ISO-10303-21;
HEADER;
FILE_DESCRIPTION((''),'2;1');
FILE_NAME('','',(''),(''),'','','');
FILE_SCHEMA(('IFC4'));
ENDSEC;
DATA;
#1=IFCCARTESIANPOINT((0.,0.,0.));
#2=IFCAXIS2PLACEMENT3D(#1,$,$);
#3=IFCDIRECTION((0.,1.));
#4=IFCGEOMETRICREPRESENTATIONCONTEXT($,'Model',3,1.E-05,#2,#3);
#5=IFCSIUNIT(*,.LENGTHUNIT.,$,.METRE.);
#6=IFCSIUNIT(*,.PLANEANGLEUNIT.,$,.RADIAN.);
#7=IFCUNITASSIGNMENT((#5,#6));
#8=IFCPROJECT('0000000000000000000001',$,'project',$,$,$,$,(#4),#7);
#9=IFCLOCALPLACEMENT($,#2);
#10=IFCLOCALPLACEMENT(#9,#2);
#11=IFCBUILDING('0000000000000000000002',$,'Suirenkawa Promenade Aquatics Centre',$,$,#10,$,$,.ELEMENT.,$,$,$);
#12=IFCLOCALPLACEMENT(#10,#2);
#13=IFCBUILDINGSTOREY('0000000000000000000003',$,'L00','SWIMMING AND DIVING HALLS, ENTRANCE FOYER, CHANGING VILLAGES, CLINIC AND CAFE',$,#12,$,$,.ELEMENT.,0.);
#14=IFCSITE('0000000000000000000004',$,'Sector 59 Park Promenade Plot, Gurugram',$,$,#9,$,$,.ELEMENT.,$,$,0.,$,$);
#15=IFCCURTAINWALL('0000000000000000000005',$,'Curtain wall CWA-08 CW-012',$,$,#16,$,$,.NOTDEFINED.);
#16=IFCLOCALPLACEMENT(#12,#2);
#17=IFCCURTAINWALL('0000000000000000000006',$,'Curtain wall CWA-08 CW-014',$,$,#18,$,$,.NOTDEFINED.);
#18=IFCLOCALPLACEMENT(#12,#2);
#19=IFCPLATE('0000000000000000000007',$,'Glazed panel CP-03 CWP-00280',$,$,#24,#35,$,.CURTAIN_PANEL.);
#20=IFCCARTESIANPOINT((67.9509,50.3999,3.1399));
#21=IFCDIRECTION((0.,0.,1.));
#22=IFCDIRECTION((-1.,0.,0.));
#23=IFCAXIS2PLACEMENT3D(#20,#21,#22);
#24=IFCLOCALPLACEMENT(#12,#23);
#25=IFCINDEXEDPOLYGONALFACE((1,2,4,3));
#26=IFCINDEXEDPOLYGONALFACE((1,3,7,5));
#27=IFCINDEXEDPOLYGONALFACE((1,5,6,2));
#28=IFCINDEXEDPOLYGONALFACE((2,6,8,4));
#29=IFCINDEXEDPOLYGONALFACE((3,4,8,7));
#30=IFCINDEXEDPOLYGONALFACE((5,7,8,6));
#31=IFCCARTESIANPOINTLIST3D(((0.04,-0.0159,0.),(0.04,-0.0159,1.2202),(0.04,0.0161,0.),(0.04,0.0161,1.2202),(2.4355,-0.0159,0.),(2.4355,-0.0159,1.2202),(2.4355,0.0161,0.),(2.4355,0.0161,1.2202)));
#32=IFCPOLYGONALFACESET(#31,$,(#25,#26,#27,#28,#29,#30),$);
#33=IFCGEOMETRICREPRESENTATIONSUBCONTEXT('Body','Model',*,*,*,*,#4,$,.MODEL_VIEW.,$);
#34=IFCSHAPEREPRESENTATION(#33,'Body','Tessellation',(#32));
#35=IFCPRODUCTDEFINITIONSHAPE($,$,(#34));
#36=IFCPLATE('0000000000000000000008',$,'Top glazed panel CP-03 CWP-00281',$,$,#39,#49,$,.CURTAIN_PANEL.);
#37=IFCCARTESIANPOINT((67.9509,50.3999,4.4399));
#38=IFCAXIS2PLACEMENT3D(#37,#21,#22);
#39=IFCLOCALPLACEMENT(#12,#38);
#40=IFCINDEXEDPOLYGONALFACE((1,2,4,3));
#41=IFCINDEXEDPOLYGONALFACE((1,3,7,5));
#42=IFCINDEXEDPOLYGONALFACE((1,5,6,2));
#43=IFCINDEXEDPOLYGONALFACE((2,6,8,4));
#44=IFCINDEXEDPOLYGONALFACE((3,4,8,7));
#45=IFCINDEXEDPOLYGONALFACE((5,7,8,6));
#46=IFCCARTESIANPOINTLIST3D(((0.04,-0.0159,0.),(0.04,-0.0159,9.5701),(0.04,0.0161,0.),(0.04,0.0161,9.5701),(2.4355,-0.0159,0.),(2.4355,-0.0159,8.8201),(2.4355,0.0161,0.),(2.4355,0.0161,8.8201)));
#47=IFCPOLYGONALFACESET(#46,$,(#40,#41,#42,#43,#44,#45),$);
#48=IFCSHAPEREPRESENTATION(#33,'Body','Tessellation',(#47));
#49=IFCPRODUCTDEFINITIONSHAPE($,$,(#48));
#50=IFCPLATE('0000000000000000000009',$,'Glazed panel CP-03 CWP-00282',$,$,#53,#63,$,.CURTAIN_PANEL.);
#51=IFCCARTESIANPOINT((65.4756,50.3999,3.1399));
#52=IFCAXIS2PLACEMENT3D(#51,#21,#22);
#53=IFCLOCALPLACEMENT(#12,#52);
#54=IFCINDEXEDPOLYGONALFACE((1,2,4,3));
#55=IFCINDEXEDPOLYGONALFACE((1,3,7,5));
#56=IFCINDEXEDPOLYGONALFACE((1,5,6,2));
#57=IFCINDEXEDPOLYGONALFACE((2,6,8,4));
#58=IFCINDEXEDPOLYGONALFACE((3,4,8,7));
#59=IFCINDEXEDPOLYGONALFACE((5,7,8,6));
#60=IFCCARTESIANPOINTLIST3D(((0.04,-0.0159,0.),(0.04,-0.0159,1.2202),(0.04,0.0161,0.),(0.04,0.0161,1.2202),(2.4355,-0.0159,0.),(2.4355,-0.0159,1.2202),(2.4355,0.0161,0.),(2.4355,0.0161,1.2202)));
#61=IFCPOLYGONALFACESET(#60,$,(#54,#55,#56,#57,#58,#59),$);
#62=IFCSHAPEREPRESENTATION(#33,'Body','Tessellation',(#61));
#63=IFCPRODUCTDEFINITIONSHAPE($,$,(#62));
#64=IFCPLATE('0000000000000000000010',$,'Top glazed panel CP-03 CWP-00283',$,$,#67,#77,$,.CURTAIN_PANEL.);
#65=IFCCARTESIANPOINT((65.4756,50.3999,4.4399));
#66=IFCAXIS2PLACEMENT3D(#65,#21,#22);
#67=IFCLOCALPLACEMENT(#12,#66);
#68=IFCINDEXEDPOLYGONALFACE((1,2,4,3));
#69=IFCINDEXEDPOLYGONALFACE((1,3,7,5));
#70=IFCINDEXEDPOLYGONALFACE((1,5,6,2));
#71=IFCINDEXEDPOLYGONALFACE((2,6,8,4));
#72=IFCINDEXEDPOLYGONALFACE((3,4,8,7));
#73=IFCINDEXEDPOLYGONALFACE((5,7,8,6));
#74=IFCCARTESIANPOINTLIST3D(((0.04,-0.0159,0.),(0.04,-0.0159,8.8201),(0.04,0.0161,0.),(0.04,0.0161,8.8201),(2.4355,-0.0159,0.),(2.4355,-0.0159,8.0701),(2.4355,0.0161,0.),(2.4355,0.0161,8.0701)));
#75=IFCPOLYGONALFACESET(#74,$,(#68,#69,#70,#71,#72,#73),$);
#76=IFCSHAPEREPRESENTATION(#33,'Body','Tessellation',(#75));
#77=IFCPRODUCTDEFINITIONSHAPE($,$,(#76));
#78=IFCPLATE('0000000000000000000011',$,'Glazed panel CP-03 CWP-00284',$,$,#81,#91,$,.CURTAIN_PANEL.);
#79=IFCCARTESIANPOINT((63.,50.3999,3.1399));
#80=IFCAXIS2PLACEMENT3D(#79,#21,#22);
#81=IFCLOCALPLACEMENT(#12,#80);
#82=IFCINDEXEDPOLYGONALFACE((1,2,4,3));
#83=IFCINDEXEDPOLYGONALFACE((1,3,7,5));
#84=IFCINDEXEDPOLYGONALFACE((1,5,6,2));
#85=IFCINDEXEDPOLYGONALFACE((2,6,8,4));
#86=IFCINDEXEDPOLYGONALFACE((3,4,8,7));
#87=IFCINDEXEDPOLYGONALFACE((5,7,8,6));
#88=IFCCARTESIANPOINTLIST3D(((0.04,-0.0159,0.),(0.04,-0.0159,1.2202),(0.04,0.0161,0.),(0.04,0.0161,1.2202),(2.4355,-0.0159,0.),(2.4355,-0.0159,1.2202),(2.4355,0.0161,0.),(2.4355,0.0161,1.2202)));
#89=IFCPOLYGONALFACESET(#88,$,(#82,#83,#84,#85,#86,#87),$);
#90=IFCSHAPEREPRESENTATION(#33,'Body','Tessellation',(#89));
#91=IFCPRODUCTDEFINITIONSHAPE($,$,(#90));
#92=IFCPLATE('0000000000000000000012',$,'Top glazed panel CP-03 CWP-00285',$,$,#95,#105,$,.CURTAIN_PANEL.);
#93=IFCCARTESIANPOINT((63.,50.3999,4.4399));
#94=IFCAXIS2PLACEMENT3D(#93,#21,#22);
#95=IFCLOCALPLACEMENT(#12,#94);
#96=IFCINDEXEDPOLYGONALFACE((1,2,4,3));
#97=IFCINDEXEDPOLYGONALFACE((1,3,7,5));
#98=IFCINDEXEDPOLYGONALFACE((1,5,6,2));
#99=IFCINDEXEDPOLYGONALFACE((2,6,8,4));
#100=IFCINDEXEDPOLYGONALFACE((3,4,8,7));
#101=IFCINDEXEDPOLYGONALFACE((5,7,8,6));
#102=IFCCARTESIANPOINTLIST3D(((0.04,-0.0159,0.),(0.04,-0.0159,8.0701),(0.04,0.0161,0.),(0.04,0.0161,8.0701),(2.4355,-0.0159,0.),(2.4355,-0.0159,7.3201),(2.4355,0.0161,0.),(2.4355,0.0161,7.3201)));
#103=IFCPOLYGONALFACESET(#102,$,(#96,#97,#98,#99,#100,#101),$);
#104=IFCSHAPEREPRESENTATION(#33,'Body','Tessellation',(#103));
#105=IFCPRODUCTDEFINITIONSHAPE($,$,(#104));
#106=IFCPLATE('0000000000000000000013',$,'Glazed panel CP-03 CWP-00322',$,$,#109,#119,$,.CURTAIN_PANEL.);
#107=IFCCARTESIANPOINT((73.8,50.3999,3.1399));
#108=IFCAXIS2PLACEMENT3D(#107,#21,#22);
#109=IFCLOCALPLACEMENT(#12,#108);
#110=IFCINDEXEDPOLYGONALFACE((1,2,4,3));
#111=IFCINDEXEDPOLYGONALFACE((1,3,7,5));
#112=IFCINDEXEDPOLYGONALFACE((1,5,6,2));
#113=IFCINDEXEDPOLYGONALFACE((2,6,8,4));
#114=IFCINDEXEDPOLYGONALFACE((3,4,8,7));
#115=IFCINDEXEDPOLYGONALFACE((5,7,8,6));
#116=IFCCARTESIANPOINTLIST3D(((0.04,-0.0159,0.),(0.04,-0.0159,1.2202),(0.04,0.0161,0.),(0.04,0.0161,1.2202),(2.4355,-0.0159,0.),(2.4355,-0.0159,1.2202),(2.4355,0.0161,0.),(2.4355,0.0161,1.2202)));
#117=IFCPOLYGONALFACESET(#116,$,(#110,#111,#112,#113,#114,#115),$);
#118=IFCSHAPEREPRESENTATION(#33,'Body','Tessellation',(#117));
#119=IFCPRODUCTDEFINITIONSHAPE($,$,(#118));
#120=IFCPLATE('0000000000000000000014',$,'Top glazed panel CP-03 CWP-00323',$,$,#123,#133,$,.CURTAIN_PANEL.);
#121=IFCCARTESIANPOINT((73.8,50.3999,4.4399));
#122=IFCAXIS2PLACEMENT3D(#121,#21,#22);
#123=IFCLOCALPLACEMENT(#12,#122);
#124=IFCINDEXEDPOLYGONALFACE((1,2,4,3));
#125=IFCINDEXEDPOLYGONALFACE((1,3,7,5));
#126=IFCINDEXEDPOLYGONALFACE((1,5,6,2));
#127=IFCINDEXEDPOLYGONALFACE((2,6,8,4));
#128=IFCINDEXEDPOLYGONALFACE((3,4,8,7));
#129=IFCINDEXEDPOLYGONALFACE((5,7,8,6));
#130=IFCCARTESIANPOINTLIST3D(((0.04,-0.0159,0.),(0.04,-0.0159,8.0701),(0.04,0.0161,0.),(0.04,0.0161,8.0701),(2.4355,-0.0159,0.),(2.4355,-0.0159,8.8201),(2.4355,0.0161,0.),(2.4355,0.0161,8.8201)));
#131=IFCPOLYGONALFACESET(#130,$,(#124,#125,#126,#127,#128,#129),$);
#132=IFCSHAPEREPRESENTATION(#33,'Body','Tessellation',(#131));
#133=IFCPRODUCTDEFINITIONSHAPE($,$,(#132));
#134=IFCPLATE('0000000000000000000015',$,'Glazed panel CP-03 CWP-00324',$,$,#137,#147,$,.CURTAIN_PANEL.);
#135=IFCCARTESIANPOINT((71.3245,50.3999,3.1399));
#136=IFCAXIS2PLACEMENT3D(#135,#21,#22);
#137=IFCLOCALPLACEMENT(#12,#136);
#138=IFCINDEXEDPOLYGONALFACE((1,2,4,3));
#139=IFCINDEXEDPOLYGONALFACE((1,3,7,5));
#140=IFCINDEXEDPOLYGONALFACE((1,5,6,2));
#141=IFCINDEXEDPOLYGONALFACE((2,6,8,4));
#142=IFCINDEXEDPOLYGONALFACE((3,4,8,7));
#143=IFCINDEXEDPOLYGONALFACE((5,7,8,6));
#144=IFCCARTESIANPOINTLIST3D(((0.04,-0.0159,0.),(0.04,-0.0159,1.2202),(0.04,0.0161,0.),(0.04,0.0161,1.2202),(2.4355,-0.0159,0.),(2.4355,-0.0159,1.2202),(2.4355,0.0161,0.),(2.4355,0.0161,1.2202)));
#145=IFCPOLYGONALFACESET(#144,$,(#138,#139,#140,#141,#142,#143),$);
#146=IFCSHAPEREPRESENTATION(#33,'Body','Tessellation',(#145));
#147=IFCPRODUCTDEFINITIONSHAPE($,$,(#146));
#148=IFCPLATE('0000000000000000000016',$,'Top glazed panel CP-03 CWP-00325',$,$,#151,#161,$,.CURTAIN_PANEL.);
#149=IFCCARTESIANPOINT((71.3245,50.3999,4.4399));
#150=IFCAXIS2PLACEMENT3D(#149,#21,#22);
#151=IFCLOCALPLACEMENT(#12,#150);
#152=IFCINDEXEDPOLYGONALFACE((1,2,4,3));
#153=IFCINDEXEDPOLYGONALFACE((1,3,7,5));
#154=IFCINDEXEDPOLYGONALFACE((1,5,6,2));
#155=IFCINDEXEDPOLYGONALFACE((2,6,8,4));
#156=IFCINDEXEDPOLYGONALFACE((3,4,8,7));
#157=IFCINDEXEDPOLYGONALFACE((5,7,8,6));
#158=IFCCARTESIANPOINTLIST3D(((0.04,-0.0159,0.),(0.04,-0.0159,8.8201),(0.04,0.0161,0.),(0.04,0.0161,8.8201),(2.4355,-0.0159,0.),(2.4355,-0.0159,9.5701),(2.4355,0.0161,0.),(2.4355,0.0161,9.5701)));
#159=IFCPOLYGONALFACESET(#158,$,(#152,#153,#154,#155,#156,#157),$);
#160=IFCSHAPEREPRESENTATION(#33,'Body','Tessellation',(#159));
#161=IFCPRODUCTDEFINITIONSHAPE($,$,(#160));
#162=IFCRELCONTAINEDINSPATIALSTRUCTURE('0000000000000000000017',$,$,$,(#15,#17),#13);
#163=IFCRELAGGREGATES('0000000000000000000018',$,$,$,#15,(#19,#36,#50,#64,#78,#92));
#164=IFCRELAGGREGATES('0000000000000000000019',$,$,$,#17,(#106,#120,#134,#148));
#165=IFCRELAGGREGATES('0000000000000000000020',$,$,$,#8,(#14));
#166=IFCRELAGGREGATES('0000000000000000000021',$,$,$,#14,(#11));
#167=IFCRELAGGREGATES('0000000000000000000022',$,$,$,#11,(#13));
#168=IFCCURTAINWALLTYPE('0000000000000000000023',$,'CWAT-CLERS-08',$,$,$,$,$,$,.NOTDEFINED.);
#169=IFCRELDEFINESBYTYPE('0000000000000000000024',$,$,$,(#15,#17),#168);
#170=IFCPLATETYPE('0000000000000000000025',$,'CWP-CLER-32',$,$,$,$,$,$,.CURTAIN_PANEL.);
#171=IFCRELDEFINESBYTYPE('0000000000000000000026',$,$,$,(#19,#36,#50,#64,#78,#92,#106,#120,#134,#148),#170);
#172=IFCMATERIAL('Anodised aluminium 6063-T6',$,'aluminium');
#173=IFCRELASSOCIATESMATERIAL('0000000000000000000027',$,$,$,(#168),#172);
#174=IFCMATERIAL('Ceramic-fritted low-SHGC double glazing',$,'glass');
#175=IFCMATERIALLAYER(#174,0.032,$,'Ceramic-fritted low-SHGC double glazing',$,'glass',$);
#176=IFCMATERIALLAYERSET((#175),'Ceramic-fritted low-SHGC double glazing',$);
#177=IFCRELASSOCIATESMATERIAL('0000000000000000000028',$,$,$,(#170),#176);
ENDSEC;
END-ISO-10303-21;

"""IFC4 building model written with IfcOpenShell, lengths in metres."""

from ifc_helpers import new_model, si_unit, direction, frame, origin, place, context, subcontext, project, spatial, polyline, outline, extrude, material, layer, layer_set, type_object, element, aggregate, save


model = new_model("IFC4")

# Units and contexts
model_context = context("Model", 3, precision=1e-05, world=origin(), true_north=direction((0.0, 1.0)))
body_context = subcontext(model_context, "Body", "Model", "MODEL_VIEW")
ifc_project = project(units=[si_unit("LENGTHUNIT", "METRE"), si_unit("PLANEANGLEUNIT", "RADIAN")], contexts=[model_context])

# Site, building, storey
site_placement = place(None, origin())
site = spatial("IfcSite", under=ifc_project, at=site_placement, Name="Sector 59 Park Promenade Plot, Gurugram", CompositionType="ELEMENT", RefElevation=0.0)
building_placement = place(site_placement, origin())
building = spatial("IfcBuilding", under=site, at=building_placement, Name="Suirenkawa Promenade Aquatics Centre", CompositionType="ELEMENT")
storey_placement = place(building_placement, origin())
storey = spatial("IfcBuildingStorey", under=building, at=storey_placement, Name="L00", Description="SWIMMING AND DIVING HALLS, ENTRANCE FOYER, CHANGING VILLAGES, CLINIC AND CAFE", CompositionType="ELEMENT", Elevation=0.0)

# Curtain walls
ifc_material_1 = material(Name="Anodised aluminium 6063-T6", Category="aluminium")
curtain_wall_type = type_object("IfcCurtainWallType", Name="CWAT-CLERS-08", PredefinedType="NOTDEFINED", material=ifc_material_1)
curtain_wall_1_placement = place(storey_placement, origin())
curtain_wall_1 = element("IfcCurtainWall", 1, at=curtain_wall_1_placement, inside=storey, type_object=curtain_wall_type, Name="Curtain wall CWA-08 CW-012", PredefinedType="NOTDEFINED")
curtain_wall_2_placement = place(storey_placement, origin())
curtain_wall_2 = element("IfcCurtainWall", 2, at=curtain_wall_2_placement, inside=storey, type_object=curtain_wall_type, Name="Curtain wall CWA-08 CW-014", PredefinedType="NOTDEFINED")

# Plates
ifc_material_2 = material(Name="Ceramic-fritted low-SHGC double glazing", Category="glass")
ifc_layer_1 = layer(ifc_material_2, 0.032, Name="Ceramic-fritted low-SHGC double glazing", Category="glass")
ifc_layer_set_1 = layer_set([ifc_layer_1], Name="Ceramic-fritted low-SHGC double glazing")
plate_type = type_object("IfcPlateType", Name="CWP-CLER-32", PredefinedType="CURTAIN_PANEL", material=ifc_layer_set_1)
plate_1_placement = place(storey_placement, frame((67.9509, 50.3999, 3.1399), z_axis=(0.0, 0.0, 1.0), x_axis=(-1.0, 0.0, 0.0)))
plate_1 = element("IfcPlate", 3, at=plate_1_placement, type_object=plate_type, Name="Glazed panel CP-03 CWP-00280", PredefinedType="CURTAIN_PANEL", context=body_context, shape_type="SweptSolid", body=[
    extrude(outline(polyline([(0.04, 0.0), (2.4355, 0.0), (2.4355, 1.2202), (0.04, 1.2202), (0.04, 0.0)])), frame((0.0, 0.0161, 0.0), z_axis=(0.0, -1.0, 0.0), x_axis=(1.0, 0.0, 0.0)), (0.0, 0.0, 1.0), 0.032),
])
plate_2_placement = place(storey_placement, frame((67.9509, 50.3999, 4.4399), z_axis=(0.0, 0.0, 1.0), x_axis=(-1.0, 0.0, 0.0)))
plate_2 = element("IfcPlate", 4, at=plate_2_placement, type_object=plate_type, Name="Top glazed panel CP-03 CWP-00281", PredefinedType="CURTAIN_PANEL", context=body_context, shape_type="SweptSolid", body=[
    extrude(outline(polyline([(0.04, 0.0), (2.4355, 0.0), (2.4355, 8.8201), (0.04, 9.5701), (0.04, 0.0)])), frame((0.0, 0.0161, 0.0), z_axis=(0.0, -1.0, 0.0), x_axis=(1.0, 0.0, 0.0)), (0.0, 0.0, 1.0), 0.032),
])
plate_3_placement = place(storey_placement, frame((65.4756, 50.3999, 3.1399), z_axis=(0.0, 0.0, 1.0), x_axis=(-1.0, 0.0, 0.0)))
plate_3 = element("IfcPlate", 5, at=plate_3_placement, type_object=plate_type, Name="Glazed panel CP-03 CWP-00282", PredefinedType="CURTAIN_PANEL", context=body_context, shape_type="SweptSolid", body=[
    extrude(outline(polyline([(0.04, 0.0), (2.4355, 0.0), (2.4355, 1.2202), (0.04, 1.2202), (0.04, 0.0)])), frame((0.0, 0.0161, 0.0), z_axis=(0.0, -1.0, 0.0), x_axis=(1.0, 0.0, 0.0)), (0.0, 0.0, 1.0), 0.032),
])
plate_4_placement = place(storey_placement, frame((65.4756, 50.3999, 4.4399), z_axis=(0.0, 0.0, 1.0), x_axis=(-1.0, 0.0, 0.0)))
plate_4 = element("IfcPlate", 6, at=plate_4_placement, type_object=plate_type, Name="Top glazed panel CP-03 CWP-00283", PredefinedType="CURTAIN_PANEL", context=body_context, shape_type="SweptSolid", body=[
    extrude(outline(polyline([(0.04, 0.0), (2.4355, 0.0), (2.4355, 8.0701), (0.04, 8.8201), (0.04, 0.0)])), frame((0.0, 0.0161, 0.0), z_axis=(0.0, -1.0, 0.0), x_axis=(1.0, 0.0, 0.0)), (0.0, 0.0, 1.0), 0.032),
])
plate_5_placement = place(storey_placement, frame((63.0, 50.3999, 3.1399), z_axis=(0.0, 0.0, 1.0), x_axis=(-1.0, 0.0, 0.0)))
plate_5 = element("IfcPlate", 7, at=plate_5_placement, type_object=plate_type, Name="Glazed panel CP-03 CWP-00284", PredefinedType="CURTAIN_PANEL", context=body_context, shape_type="SweptSolid", body=[
    extrude(outline(polyline([(0.04, 0.0), (2.4355, 0.0), (2.4355, 1.2202), (0.04, 1.2202), (0.04, 0.0)])), frame((0.0, 0.0161, 0.0), z_axis=(0.0, -1.0, 0.0), x_axis=(1.0, 0.0, 0.0)), (0.0, 0.0, 1.0), 0.032),
])
plate_6_placement = place(storey_placement, frame((63.0, 50.3999, 4.4399), z_axis=(0.0, 0.0, 1.0), x_axis=(-1.0, 0.0, 0.0)))
plate_6 = element("IfcPlate", 8, at=plate_6_placement, type_object=plate_type, Name="Top glazed panel CP-03 CWP-00285", PredefinedType="CURTAIN_PANEL", context=body_context, shape_type="SweptSolid", body=[
    extrude(outline(polyline([(0.04, 0.0), (2.4355, 0.0), (2.4355, 7.3201), (0.04, 8.0701), (0.04, 0.0)])), frame((0.0, 0.0161, 0.0), z_axis=(0.0, -1.0, 0.0), x_axis=(1.0, 0.0, 0.0)), (0.0, 0.0, 1.0), 0.032),
])
aggregate(curtain_wall_1, [plate_1, plate_2, plate_3, plate_4, plate_5, plate_6])
plate_7_placement = place(storey_placement, frame((73.8, 50.3999, 3.1399), z_axis=(0.0, 0.0, 1.0), x_axis=(-1.0, 0.0, 0.0)))
plate_7 = element("IfcPlate", 9, at=plate_7_placement, type_object=plate_type, Name="Glazed panel CP-03 CWP-00322", PredefinedType="CURTAIN_PANEL", context=body_context, shape_type="SweptSolid", body=[
    extrude(outline(polyline([(0.04, 0.0), (2.4355, 0.0), (2.4355, 1.2202), (0.04, 1.2202), (0.04, 0.0)])), frame((0.0, 0.0161, 0.0), z_axis=(0.0, -1.0, 0.0), x_axis=(1.0, 0.0, 0.0)), (0.0, 0.0, 1.0), 0.032),
])
plate_8_placement = place(storey_placement, frame((73.8, 50.3999, 4.4399), z_axis=(0.0, 0.0, 1.0), x_axis=(-1.0, 0.0, 0.0)))
plate_8 = element("IfcPlate", 10, at=plate_8_placement, type_object=plate_type, Name="Top glazed panel CP-03 CWP-00323", PredefinedType="CURTAIN_PANEL", context=body_context, shape_type="SweptSolid", body=[
    extrude(outline(polyline([(0.04, 0.0), (2.4355, 0.0), (2.4355, 8.8201), (0.04, 8.0701), (0.04, 0.0)])), frame((0.0, 0.0161, 0.0), z_axis=(0.0, -1.0, 0.0), x_axis=(1.0, 0.0, 0.0)), (0.0, 0.0, 1.0), 0.032),
])
plate_9_placement = place(storey_placement, frame((71.3245, 50.3999, 3.1399), z_axis=(0.0, 0.0, 1.0), x_axis=(-1.0, 0.0, 0.0)))
plate_9 = element("IfcPlate", 11, at=plate_9_placement, type_object=plate_type, Name="Glazed panel CP-03 CWP-00324", PredefinedType="CURTAIN_PANEL", context=body_context, shape_type="SweptSolid", body=[
    extrude(outline(polyline([(0.04, 0.0), (2.4355, 0.0), (2.4355, 1.2202), (0.04, 1.2202), (0.04, 0.0)])), frame((0.0, 0.0161, 0.0), z_axis=(0.0, -1.0, 0.0), x_axis=(1.0, 0.0, 0.0)), (0.0, 0.0, 1.0), 0.032),
])
plate_10_placement = place(storey_placement, frame((71.3245, 50.3999, 4.4399), z_axis=(0.0, 0.0, 1.0), x_axis=(-1.0, 0.0, 0.0)))
plate_10 = element("IfcPlate", 12, at=plate_10_placement, type_object=plate_type, Name="Top glazed panel CP-03 CWP-00325", PredefinedType="CURTAIN_PANEL", context=body_context, shape_type="SweptSolid", body=[
    extrude(outline(polyline([(0.04, 0.0), (2.4355, 0.0), (2.4355, 9.5701), (0.04, 8.8201), (0.04, 0.0)])), frame((0.0, 0.0161, 0.0), z_axis=(0.0, -1.0, 0.0), x_axis=(1.0, 0.0, 0.0)), (0.0, 0.0, 1.0), 0.032),
])
aggregate(curtain_wall_2, [plate_7, plate_8, plate_9, plate_10])

save(model, "model.ifc")
